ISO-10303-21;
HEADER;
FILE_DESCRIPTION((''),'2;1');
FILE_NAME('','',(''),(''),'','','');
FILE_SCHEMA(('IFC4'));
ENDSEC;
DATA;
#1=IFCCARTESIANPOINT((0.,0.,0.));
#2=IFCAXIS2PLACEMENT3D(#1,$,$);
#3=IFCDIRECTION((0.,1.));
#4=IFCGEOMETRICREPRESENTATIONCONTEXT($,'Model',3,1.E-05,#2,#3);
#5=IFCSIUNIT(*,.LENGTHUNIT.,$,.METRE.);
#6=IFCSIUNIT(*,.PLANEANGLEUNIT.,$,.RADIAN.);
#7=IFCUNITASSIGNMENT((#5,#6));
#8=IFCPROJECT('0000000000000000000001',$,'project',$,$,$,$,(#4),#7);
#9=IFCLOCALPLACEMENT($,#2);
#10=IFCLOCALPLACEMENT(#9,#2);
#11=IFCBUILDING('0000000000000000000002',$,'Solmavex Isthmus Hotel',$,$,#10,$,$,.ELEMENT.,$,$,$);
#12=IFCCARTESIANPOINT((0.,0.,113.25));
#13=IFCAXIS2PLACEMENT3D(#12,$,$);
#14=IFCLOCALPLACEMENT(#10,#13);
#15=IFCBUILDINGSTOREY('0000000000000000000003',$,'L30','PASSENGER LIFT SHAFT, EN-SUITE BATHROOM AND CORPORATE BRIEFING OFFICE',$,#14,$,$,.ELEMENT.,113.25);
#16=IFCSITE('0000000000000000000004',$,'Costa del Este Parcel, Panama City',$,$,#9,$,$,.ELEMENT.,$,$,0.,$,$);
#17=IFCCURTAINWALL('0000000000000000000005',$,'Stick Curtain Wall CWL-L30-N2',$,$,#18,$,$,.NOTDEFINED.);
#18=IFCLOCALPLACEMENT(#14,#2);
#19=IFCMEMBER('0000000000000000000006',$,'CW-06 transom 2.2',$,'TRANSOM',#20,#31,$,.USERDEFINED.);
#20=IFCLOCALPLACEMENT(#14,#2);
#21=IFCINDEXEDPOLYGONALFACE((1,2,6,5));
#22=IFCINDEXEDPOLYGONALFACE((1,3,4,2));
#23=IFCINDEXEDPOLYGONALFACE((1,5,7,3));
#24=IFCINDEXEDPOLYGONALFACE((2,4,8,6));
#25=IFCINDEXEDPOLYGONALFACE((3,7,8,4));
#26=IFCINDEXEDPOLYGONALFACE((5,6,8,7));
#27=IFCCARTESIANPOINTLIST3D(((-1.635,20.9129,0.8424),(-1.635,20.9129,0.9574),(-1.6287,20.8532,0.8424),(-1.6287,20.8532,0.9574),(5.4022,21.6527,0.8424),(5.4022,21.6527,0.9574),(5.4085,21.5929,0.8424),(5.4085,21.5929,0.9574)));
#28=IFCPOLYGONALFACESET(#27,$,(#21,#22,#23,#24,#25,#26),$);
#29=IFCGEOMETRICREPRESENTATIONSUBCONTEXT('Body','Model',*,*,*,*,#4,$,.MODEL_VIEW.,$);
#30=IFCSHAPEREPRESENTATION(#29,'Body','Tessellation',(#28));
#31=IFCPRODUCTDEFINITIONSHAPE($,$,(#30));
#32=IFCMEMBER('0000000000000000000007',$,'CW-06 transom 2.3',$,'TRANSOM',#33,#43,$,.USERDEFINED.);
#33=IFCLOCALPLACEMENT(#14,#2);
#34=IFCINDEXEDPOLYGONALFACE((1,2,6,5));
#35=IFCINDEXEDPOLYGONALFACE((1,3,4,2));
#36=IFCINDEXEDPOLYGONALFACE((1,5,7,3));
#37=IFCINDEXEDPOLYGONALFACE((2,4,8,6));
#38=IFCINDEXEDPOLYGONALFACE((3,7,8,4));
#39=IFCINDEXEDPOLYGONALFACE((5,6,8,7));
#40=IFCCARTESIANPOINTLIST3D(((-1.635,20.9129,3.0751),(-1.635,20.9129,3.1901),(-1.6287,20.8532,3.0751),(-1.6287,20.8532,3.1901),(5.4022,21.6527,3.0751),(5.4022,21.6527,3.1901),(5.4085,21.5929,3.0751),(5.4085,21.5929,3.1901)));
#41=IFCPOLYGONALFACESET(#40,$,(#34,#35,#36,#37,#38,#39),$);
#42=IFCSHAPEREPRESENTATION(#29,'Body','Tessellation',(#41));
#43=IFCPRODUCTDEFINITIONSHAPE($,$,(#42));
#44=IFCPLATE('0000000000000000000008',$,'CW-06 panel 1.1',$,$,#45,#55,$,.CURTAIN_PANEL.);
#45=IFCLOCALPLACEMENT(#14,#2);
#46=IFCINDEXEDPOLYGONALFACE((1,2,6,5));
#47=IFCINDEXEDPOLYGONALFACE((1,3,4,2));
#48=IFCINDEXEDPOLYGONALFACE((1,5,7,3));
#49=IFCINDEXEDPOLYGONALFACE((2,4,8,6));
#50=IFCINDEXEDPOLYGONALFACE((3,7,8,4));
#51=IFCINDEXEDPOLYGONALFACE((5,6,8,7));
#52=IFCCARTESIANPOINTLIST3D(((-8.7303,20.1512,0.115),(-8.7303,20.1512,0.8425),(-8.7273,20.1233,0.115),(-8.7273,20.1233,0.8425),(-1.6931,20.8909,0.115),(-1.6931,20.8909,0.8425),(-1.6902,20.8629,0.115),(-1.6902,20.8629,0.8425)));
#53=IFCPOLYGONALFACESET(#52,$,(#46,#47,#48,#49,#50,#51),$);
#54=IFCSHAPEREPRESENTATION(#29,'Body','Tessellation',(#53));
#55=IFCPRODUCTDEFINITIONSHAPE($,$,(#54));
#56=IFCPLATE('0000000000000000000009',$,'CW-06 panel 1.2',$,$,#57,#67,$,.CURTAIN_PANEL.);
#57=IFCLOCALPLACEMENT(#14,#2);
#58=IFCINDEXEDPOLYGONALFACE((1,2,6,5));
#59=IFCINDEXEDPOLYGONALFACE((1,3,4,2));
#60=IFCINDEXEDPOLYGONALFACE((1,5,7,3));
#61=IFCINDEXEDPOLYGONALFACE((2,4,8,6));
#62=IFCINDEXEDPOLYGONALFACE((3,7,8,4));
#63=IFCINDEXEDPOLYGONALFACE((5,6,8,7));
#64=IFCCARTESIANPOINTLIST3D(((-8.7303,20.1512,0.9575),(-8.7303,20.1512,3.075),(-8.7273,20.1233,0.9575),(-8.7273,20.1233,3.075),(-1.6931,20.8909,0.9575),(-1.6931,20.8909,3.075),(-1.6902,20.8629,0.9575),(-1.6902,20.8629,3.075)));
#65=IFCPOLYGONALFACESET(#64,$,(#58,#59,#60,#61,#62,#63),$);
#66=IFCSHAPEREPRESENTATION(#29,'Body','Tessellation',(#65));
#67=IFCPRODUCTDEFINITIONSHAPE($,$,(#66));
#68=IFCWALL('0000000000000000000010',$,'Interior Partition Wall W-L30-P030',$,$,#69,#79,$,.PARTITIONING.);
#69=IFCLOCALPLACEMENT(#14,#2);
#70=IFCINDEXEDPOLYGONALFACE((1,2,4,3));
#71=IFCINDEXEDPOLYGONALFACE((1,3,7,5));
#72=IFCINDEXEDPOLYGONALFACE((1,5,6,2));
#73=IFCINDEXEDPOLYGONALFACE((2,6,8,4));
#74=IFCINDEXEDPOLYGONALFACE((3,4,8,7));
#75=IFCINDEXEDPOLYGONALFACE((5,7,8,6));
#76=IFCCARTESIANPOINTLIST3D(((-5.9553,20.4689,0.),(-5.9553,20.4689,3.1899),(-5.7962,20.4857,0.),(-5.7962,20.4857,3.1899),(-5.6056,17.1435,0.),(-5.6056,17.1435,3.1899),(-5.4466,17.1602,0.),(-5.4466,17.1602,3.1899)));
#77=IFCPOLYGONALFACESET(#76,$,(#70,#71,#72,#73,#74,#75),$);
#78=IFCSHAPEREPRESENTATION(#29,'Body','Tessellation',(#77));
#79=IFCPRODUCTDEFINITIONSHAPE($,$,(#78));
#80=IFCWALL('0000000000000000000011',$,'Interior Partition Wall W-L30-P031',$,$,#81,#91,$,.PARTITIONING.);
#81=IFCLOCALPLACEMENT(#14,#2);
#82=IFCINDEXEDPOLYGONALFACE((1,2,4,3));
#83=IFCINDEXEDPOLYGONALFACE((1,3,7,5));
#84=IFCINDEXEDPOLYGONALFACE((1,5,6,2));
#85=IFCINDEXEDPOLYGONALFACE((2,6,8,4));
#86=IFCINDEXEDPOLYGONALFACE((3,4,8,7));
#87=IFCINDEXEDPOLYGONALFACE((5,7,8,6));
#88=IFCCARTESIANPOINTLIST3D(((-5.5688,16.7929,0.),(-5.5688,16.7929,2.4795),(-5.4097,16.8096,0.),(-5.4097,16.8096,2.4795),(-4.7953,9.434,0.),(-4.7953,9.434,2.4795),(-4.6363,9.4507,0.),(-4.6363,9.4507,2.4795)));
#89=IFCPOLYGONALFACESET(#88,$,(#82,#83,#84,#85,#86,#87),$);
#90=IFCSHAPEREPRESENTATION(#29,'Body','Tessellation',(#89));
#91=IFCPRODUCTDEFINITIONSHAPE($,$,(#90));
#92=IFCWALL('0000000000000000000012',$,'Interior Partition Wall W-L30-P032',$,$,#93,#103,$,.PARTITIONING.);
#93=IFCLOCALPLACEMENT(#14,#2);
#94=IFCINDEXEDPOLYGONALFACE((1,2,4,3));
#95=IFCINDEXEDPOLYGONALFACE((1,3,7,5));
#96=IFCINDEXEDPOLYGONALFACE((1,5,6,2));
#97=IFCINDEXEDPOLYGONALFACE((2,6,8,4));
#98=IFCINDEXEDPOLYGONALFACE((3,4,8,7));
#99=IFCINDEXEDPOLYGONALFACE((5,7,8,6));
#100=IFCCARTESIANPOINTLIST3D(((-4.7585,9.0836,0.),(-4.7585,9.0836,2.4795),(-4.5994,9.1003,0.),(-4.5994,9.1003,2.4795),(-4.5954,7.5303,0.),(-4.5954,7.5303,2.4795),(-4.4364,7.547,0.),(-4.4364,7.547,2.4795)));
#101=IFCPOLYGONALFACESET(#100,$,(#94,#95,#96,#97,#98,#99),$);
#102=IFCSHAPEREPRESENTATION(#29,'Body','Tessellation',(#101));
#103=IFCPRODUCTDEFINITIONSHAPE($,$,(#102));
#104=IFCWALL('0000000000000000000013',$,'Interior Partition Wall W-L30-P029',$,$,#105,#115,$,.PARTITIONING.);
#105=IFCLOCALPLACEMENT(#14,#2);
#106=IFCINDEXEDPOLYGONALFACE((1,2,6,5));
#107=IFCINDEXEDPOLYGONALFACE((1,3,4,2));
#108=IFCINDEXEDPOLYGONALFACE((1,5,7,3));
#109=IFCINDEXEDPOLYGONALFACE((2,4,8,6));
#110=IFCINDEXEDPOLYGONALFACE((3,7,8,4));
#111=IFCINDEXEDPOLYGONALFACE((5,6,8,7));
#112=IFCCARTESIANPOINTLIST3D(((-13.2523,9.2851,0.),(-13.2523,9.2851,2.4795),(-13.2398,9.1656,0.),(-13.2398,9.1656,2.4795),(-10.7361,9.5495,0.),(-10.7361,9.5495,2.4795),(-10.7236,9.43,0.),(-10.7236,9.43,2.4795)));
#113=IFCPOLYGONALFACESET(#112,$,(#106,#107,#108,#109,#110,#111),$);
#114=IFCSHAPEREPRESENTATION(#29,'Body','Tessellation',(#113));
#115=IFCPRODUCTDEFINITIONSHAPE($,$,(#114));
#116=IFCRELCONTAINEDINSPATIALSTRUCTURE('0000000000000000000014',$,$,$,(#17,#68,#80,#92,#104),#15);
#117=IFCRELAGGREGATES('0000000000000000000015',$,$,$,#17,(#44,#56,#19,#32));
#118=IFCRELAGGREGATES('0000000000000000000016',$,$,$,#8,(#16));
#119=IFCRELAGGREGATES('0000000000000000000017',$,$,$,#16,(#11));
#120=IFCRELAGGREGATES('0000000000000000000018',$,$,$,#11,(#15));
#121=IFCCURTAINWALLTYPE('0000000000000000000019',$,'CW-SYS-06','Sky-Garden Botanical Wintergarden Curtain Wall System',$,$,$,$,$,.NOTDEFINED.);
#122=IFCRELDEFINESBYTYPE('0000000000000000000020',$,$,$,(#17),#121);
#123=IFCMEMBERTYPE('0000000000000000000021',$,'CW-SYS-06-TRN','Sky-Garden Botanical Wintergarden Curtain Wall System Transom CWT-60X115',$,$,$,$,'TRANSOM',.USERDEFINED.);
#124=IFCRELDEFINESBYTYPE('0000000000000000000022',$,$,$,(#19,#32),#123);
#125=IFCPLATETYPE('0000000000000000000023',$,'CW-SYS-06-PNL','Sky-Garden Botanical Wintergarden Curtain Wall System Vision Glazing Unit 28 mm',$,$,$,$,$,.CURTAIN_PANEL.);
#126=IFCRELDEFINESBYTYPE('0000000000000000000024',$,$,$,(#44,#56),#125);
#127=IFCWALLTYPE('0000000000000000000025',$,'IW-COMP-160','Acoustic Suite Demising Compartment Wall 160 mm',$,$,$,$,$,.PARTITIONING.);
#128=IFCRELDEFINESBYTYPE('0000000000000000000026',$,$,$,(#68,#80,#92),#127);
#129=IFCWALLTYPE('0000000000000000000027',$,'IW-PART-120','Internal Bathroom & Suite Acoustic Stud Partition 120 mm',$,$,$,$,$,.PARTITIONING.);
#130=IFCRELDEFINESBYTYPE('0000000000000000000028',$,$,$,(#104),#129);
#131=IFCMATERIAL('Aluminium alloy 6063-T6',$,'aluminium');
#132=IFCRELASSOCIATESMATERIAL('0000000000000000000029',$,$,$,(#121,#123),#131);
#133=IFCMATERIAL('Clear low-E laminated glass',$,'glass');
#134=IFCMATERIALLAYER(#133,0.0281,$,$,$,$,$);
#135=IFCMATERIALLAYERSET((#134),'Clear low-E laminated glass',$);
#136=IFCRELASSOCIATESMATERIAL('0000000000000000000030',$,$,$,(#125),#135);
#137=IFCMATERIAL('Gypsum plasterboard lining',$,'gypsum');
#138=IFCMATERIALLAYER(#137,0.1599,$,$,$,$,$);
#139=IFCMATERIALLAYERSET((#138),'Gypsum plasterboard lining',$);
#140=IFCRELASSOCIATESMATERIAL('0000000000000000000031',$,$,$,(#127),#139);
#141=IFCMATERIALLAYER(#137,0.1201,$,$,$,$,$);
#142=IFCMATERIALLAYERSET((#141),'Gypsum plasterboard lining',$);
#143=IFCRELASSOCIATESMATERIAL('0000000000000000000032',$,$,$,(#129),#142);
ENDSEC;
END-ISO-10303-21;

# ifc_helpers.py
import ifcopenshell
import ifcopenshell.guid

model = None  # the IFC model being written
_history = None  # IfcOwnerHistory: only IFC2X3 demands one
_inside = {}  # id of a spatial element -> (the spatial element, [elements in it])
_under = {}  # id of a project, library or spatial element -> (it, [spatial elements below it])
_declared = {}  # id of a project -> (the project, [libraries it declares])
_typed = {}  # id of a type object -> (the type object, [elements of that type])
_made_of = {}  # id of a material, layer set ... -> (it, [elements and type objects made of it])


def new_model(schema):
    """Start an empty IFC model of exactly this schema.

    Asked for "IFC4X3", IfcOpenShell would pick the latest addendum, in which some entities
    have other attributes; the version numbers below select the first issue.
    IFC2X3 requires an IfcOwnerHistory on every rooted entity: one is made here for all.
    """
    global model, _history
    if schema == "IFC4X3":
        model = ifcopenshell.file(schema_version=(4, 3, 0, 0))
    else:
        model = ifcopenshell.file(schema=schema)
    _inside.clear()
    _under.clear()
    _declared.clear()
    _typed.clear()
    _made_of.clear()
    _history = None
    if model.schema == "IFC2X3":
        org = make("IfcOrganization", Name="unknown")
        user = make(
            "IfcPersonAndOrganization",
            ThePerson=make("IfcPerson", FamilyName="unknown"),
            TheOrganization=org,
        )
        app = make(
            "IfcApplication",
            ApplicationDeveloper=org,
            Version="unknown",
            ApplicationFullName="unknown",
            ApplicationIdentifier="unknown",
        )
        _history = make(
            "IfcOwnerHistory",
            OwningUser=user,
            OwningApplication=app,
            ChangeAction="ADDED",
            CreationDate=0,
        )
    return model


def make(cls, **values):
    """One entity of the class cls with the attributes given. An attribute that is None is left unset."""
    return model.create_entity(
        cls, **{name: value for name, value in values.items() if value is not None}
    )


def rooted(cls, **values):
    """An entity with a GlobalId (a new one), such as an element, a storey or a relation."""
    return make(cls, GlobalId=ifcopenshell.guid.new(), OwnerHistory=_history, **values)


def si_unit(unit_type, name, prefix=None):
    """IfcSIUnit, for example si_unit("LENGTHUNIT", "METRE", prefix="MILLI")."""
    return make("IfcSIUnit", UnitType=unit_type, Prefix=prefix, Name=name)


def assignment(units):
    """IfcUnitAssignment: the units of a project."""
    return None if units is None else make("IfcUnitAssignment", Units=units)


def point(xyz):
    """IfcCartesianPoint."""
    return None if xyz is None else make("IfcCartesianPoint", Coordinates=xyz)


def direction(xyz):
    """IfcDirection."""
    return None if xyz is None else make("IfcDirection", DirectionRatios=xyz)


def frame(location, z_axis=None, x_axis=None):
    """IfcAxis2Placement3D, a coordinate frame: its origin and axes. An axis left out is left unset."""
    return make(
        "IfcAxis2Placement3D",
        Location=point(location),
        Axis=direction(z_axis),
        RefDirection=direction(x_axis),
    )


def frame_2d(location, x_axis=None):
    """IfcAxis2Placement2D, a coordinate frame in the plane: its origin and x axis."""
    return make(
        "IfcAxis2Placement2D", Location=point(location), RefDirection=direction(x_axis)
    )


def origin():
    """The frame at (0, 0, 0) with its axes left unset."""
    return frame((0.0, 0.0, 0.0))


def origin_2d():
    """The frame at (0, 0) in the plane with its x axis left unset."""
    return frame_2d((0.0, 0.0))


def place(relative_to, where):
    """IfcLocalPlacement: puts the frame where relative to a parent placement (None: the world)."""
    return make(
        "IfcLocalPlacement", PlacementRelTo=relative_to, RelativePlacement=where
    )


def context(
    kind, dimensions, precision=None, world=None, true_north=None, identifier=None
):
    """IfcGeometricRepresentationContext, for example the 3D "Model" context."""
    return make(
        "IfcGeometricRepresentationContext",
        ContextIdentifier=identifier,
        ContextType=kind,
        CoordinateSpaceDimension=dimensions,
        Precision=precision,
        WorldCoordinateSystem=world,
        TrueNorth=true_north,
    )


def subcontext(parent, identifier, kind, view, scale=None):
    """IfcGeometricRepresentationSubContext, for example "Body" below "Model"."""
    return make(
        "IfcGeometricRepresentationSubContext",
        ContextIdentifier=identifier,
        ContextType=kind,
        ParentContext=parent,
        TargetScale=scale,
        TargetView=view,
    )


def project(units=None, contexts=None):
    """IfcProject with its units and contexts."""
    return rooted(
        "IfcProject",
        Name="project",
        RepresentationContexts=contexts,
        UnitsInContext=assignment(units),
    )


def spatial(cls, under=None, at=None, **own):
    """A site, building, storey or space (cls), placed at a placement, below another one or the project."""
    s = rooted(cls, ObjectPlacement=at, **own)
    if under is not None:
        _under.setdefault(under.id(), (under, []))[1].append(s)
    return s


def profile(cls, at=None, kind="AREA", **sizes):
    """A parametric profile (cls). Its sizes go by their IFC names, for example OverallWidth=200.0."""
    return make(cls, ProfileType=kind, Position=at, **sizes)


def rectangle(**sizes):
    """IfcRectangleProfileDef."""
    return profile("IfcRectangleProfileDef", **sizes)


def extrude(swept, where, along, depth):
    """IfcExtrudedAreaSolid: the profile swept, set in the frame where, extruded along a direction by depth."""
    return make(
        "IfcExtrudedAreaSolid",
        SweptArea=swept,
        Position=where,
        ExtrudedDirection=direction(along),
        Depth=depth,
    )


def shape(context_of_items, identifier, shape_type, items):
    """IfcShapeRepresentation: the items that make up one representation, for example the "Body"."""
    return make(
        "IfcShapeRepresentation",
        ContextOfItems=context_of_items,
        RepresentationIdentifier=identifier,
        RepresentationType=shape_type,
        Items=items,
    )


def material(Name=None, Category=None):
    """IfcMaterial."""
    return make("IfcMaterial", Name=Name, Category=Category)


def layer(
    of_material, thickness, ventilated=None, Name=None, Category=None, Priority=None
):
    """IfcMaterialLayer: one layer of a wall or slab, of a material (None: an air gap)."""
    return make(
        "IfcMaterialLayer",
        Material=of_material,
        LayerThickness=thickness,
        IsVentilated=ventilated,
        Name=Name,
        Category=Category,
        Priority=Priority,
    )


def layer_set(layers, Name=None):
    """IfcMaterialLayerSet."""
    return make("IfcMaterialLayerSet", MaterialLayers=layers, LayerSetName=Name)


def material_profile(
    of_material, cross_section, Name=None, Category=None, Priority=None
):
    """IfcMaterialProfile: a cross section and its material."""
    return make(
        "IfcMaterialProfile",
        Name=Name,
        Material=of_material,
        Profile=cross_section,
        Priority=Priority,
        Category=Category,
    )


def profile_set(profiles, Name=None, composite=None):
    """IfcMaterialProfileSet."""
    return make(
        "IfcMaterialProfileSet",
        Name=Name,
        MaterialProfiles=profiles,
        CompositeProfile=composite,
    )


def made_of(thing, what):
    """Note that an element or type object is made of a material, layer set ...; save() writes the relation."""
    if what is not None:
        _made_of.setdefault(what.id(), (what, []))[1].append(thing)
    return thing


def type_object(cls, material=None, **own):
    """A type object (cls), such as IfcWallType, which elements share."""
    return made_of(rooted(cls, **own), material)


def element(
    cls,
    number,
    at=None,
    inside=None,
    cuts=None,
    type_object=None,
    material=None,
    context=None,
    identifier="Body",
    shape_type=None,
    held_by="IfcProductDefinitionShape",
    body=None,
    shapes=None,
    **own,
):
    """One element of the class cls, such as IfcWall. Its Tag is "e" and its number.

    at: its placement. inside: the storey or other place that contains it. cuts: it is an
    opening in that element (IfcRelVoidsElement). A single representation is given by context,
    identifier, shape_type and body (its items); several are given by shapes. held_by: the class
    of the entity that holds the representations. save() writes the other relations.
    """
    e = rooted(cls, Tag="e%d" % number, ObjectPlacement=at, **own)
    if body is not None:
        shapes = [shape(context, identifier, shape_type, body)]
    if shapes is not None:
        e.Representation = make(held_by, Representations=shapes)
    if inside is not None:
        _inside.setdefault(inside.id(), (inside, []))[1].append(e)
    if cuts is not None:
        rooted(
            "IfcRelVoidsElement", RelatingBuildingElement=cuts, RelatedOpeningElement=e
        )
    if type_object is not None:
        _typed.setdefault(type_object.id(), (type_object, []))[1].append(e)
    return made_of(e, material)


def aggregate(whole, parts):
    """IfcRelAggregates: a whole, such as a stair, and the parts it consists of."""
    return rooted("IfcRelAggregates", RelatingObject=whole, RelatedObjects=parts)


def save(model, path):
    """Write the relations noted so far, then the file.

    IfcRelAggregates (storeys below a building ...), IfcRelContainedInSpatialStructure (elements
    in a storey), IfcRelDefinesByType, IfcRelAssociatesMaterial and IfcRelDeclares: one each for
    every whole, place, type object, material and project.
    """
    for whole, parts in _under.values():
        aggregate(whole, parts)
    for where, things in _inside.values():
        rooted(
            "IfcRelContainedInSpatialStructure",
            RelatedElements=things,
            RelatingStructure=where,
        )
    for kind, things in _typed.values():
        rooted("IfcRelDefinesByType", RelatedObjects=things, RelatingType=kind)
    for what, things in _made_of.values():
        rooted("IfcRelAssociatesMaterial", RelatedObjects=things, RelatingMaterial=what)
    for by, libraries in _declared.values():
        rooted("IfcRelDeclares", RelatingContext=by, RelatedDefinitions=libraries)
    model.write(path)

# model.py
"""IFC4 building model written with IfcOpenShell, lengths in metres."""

from ifc_helpers import new_model, si_unit, direction, frame, frame_2d, origin, origin_2d, place, context, subcontext, project, spatial, rectangle, extrude, material, layer, layer_set, material_profile, profile_set, type_object, element, aggregate, save


model = new_model("IFC4")

# Units and contexts
model_context = context("Model", 3, precision=1e-05, world=origin(), true_north=direction((0.0, 1.0)))
body_context = subcontext(model_context, "Body", "Model", "MODEL_VIEW")
ifc_project = project(units=[si_unit("LENGTHUNIT", "METRE"), si_unit("PLANEANGLEUNIT", "RADIAN")], contexts=[model_context])

# Site, building, storey
site_placement = place(None, origin())
site = spatial("IfcSite", under=ifc_project, at=site_placement, Name="Costa del Este Parcel, Panama City", CompositionType="ELEMENT", RefElevation=0.0)
building_placement = place(site_placement, origin())
building = spatial("IfcBuilding", under=site, at=building_placement, Name="Solmavex Isthmus Hotel", CompositionType="ELEMENT")
storey_placement = place(building_placement, frame((0.0, 0.0, 113.25)))
storey = spatial("IfcBuildingStorey", under=building, at=storey_placement, Name="L30", Description="PASSENGER LIFT SHAFT, EN-SUITE BATHROOM AND CORPORATE BRIEFING OFFICE", CompositionType="ELEMENT", Elevation=113.25)

# Shared definitions
ifc_material_1 = material(Name="Aluminium alloy 6063-T6", Category="aluminium")
curtain_wall_type = type_object("IfcCurtainWallType", Name="CW-SYS-06", Description="Sky-Garden Botanical Wintergarden Curtain Wall System", PredefinedType="NOTDEFINED", material=ifc_material_1)

# Curtain wall, members, plates
curtain_wall_1_placement = place(storey_placement, origin())
curtain_wall_1 = element("IfcCurtainWall", 1, at=curtain_wall_1_placement, inside=storey, type_object=curtain_wall_type, Name="Stick Curtain Wall CWL-L30-N2", PredefinedType="NOTDEFINED")
ifc_material_profile_1 = material_profile(ifc_material_1, rectangle(XDim=0.0601, YDim=0.115, at=origin_2d()), Name="CWT-60X115")
ifc_profile_set_1 = profile_set([ifc_material_profile_1], Name="Aluminium alloy 6063-T6")
member_type_1 = type_object("IfcMemberType", Name="CW-SYS-06-TRN", Description="Sky-Garden Botanical Wintergarden Curtain Wall System Transom CWT-60X115", ElementType="TRANSOM", PredefinedType="USERDEFINED", material=ifc_profile_set_1)
member_1_placement = place(storey_placement, frame((-1.6318, 20.8831, 0.8999), z_axis=(0.99452, 0.104545, 0.0), x_axis=(-0.104545, 0.99452, 0.0)))
member_1 = element("IfcMember", 2, at=member_1_placement, type_object=member_type_1, Name="CW-06 transom 2.2", ObjectType="TRANSOM", PredefinedType="USERDEFINED", context=body_context, shape_type="SweptSolid", body=[
    extrude(rectangle(XDim=0.0601, YDim=0.115, at=origin_2d()), origin(), (0.0, 0.0, 1.0), 7.0759),
])
member_2_placement = place(storey_placement, frame((-1.6318, 20.8831, 3.1326), z_axis=(0.99452, 0.104545, 0.0), x_axis=(-0.104545, 0.99452, 0.0)))
member_2 = element("IfcMember", 3, at=member_2_placement, type_object=member_type_1, Name="CW-06 transom 2.3", ObjectType="TRANSOM", PredefinedType="USERDEFINED", context=body_context, shape_type="SweptSolid", body=[
    extrude(rectangle(XDim=0.0601, YDim=0.115, at=origin_2d()), origin(), (0.0, 0.0, 1.0), 7.0759),
])
ifc_material_2 = material(Name="Clear low-E laminated glass", Category="glass")
ifc_layer_1 = layer(ifc_material_2, 0.0281)
ifc_layer_set_1 = layer_set([ifc_layer_1], Name="Clear low-E laminated glass")
plate_type = type_object("IfcPlateType", Name="CW-SYS-06-PNL", Description="Sky-Garden Botanical Wintergarden Curtain Wall System Vision Glazing Unit 28 mm", PredefinedType="CURTAIN_PANEL", material=ifc_layer_set_1)
plate_1_placement = place(storey_placement, frame((-5.2102, 20.5071, 0.115), z_axis=(0.0, 0.0, 1.0), x_axis=(0.994522, 0.104528, 0.0)))
plate_1 = element("IfcPlate", 4, at=plate_1_placement, type_object=plate_type, Name="CW-06 panel 1.1", PredefinedType="CURTAIN_PANEL", context=body_context, shape_type="SweptSolid", body=[
    extrude(rectangle(XDim=7.0759, YDim=0.0281, at=origin_2d()), origin(), (0.0, 0.0, 1.0), 0.7275),
])
plate_2_placement = place(storey_placement, frame((-5.2102, 20.5071, 0.9575), z_axis=(0.0, 0.0, 1.0), x_axis=(0.994522, 0.104528, 0.0)))
plate_2 = element("IfcPlate", 5, at=plate_2_placement, type_object=plate_type, Name="CW-06 panel 1.2", PredefinedType="CURTAIN_PANEL", context=body_context, shape_type="SweptSolid", body=[
    extrude(rectangle(XDim=7.0759, YDim=0.0281, at=origin_2d()), origin(), (0.0, 0.0, 1.0), 2.1174),
])
aggregate(curtain_wall_1, [plate_1, plate_2, member_1, member_2])

# Walls
ifc_material_3 = material(Name="Gypsum plasterboard lining", Category="gypsum")
ifc_layer_2 = layer(ifc_material_3, 0.1599)
ifc_layer_set_2 = layer_set([ifc_layer_2], Name="Gypsum plasterboard lining")
wall_type_1 = type_object("IfcWallType", Name="IW-COMP-160", Description="Acoustic Suite Demising Compartment Wall 160 mm", PredefinedType="PARTITIONING", material=ifc_layer_set_2)
wall_1_placement = place(storey_placement, frame((-5.8757, 20.4773, 0.0), z_axis=(0.0, 0.0, 1.0), x_axis=(0.104556, -0.994519, 0.0)))
element("IfcWall", 6, at=wall_1_placement, inside=storey, type_object=wall_type_1, Name="Interior Partition Wall W-L30-P030", PredefinedType="PARTITIONING", context=body_context, shape_type="SweptSolid", body=[
    extrude(rectangle(XDim=3.3438, YDim=0.1599, at=frame_2d((1.6719, 0.0))), origin(), (0.0, 0.0, 1.0), 3.1899),
])
wall_2_placement = place(storey_placement, frame((-5.4893, 16.8013, 0.0), z_axis=(0.0, 0.0, 1.0), x_axis=(0.104527, -0.994522, 0.0)))
element("IfcWall", 7, at=wall_2_placement, inside=storey, type_object=wall_type_1, Name="Interior Partition Wall W-L30-P031", PredefinedType="PARTITIONING", context=body_context, shape_type="SweptSolid", body=[
    extrude(rectangle(XDim=7.3994, YDim=0.1599, at=frame_2d((3.6997, 0.0))), origin(), (0.0, 0.0, 1.0), 2.4795),
])
wall_3_placement = place(storey_placement, frame((-4.679, 9.0918, 0.0), z_axis=(0.0, 0.0, 1.0), x_axis=(0.104424, -0.994533, 0.0)))
element("IfcWall", 8, at=wall_3_placement, inside=storey, type_object=wall_type_1, Name="Interior Partition Wall W-L30-P032", PredefinedType="PARTITIONING", context=body_context, shape_type="SweptSolid", body=[
    extrude(rectangle(XDim=1.5618, YDim=0.1599, at=frame_2d((0.7808, 0.0))), origin(), (0.0, 0.0, 1.0), 2.4795),
])
ifc_layer_3 = layer(ifc_material_3, 0.1201)
ifc_layer_set_3 = layer_set([ifc_layer_3], Name="Gypsum plasterboard lining")
wall_type_2 = type_object("IfcWallType", Name="IW-PART-120", Description="Internal Bathroom & Suite Acoustic Stud Partition 120 mm", PredefinedType="PARTITIONING", material=ifc_layer_set_3)
wall_4_placement = place(storey_placement, frame((-10.7297, 9.4897, 0.0), z_axis=(0.0, 0.0, 1.0), x_axis=(-0.994524, -0.104509, 0.0)))
element("IfcWall", 9, at=wall_4_placement, inside=storey, type_object=wall_type_2, Name="Interior Partition Wall W-L30-P029", PredefinedType="PARTITIONING", context=body_context, shape_type="SweptSolid", body=[
    extrude(rectangle(XDim=2.53, YDim=0.1201, at=frame_2d((1.2651, 0.0))), origin(), (0.0, 0.0, 1.0), 2.4795),
])

save(model, "model.ifc")
